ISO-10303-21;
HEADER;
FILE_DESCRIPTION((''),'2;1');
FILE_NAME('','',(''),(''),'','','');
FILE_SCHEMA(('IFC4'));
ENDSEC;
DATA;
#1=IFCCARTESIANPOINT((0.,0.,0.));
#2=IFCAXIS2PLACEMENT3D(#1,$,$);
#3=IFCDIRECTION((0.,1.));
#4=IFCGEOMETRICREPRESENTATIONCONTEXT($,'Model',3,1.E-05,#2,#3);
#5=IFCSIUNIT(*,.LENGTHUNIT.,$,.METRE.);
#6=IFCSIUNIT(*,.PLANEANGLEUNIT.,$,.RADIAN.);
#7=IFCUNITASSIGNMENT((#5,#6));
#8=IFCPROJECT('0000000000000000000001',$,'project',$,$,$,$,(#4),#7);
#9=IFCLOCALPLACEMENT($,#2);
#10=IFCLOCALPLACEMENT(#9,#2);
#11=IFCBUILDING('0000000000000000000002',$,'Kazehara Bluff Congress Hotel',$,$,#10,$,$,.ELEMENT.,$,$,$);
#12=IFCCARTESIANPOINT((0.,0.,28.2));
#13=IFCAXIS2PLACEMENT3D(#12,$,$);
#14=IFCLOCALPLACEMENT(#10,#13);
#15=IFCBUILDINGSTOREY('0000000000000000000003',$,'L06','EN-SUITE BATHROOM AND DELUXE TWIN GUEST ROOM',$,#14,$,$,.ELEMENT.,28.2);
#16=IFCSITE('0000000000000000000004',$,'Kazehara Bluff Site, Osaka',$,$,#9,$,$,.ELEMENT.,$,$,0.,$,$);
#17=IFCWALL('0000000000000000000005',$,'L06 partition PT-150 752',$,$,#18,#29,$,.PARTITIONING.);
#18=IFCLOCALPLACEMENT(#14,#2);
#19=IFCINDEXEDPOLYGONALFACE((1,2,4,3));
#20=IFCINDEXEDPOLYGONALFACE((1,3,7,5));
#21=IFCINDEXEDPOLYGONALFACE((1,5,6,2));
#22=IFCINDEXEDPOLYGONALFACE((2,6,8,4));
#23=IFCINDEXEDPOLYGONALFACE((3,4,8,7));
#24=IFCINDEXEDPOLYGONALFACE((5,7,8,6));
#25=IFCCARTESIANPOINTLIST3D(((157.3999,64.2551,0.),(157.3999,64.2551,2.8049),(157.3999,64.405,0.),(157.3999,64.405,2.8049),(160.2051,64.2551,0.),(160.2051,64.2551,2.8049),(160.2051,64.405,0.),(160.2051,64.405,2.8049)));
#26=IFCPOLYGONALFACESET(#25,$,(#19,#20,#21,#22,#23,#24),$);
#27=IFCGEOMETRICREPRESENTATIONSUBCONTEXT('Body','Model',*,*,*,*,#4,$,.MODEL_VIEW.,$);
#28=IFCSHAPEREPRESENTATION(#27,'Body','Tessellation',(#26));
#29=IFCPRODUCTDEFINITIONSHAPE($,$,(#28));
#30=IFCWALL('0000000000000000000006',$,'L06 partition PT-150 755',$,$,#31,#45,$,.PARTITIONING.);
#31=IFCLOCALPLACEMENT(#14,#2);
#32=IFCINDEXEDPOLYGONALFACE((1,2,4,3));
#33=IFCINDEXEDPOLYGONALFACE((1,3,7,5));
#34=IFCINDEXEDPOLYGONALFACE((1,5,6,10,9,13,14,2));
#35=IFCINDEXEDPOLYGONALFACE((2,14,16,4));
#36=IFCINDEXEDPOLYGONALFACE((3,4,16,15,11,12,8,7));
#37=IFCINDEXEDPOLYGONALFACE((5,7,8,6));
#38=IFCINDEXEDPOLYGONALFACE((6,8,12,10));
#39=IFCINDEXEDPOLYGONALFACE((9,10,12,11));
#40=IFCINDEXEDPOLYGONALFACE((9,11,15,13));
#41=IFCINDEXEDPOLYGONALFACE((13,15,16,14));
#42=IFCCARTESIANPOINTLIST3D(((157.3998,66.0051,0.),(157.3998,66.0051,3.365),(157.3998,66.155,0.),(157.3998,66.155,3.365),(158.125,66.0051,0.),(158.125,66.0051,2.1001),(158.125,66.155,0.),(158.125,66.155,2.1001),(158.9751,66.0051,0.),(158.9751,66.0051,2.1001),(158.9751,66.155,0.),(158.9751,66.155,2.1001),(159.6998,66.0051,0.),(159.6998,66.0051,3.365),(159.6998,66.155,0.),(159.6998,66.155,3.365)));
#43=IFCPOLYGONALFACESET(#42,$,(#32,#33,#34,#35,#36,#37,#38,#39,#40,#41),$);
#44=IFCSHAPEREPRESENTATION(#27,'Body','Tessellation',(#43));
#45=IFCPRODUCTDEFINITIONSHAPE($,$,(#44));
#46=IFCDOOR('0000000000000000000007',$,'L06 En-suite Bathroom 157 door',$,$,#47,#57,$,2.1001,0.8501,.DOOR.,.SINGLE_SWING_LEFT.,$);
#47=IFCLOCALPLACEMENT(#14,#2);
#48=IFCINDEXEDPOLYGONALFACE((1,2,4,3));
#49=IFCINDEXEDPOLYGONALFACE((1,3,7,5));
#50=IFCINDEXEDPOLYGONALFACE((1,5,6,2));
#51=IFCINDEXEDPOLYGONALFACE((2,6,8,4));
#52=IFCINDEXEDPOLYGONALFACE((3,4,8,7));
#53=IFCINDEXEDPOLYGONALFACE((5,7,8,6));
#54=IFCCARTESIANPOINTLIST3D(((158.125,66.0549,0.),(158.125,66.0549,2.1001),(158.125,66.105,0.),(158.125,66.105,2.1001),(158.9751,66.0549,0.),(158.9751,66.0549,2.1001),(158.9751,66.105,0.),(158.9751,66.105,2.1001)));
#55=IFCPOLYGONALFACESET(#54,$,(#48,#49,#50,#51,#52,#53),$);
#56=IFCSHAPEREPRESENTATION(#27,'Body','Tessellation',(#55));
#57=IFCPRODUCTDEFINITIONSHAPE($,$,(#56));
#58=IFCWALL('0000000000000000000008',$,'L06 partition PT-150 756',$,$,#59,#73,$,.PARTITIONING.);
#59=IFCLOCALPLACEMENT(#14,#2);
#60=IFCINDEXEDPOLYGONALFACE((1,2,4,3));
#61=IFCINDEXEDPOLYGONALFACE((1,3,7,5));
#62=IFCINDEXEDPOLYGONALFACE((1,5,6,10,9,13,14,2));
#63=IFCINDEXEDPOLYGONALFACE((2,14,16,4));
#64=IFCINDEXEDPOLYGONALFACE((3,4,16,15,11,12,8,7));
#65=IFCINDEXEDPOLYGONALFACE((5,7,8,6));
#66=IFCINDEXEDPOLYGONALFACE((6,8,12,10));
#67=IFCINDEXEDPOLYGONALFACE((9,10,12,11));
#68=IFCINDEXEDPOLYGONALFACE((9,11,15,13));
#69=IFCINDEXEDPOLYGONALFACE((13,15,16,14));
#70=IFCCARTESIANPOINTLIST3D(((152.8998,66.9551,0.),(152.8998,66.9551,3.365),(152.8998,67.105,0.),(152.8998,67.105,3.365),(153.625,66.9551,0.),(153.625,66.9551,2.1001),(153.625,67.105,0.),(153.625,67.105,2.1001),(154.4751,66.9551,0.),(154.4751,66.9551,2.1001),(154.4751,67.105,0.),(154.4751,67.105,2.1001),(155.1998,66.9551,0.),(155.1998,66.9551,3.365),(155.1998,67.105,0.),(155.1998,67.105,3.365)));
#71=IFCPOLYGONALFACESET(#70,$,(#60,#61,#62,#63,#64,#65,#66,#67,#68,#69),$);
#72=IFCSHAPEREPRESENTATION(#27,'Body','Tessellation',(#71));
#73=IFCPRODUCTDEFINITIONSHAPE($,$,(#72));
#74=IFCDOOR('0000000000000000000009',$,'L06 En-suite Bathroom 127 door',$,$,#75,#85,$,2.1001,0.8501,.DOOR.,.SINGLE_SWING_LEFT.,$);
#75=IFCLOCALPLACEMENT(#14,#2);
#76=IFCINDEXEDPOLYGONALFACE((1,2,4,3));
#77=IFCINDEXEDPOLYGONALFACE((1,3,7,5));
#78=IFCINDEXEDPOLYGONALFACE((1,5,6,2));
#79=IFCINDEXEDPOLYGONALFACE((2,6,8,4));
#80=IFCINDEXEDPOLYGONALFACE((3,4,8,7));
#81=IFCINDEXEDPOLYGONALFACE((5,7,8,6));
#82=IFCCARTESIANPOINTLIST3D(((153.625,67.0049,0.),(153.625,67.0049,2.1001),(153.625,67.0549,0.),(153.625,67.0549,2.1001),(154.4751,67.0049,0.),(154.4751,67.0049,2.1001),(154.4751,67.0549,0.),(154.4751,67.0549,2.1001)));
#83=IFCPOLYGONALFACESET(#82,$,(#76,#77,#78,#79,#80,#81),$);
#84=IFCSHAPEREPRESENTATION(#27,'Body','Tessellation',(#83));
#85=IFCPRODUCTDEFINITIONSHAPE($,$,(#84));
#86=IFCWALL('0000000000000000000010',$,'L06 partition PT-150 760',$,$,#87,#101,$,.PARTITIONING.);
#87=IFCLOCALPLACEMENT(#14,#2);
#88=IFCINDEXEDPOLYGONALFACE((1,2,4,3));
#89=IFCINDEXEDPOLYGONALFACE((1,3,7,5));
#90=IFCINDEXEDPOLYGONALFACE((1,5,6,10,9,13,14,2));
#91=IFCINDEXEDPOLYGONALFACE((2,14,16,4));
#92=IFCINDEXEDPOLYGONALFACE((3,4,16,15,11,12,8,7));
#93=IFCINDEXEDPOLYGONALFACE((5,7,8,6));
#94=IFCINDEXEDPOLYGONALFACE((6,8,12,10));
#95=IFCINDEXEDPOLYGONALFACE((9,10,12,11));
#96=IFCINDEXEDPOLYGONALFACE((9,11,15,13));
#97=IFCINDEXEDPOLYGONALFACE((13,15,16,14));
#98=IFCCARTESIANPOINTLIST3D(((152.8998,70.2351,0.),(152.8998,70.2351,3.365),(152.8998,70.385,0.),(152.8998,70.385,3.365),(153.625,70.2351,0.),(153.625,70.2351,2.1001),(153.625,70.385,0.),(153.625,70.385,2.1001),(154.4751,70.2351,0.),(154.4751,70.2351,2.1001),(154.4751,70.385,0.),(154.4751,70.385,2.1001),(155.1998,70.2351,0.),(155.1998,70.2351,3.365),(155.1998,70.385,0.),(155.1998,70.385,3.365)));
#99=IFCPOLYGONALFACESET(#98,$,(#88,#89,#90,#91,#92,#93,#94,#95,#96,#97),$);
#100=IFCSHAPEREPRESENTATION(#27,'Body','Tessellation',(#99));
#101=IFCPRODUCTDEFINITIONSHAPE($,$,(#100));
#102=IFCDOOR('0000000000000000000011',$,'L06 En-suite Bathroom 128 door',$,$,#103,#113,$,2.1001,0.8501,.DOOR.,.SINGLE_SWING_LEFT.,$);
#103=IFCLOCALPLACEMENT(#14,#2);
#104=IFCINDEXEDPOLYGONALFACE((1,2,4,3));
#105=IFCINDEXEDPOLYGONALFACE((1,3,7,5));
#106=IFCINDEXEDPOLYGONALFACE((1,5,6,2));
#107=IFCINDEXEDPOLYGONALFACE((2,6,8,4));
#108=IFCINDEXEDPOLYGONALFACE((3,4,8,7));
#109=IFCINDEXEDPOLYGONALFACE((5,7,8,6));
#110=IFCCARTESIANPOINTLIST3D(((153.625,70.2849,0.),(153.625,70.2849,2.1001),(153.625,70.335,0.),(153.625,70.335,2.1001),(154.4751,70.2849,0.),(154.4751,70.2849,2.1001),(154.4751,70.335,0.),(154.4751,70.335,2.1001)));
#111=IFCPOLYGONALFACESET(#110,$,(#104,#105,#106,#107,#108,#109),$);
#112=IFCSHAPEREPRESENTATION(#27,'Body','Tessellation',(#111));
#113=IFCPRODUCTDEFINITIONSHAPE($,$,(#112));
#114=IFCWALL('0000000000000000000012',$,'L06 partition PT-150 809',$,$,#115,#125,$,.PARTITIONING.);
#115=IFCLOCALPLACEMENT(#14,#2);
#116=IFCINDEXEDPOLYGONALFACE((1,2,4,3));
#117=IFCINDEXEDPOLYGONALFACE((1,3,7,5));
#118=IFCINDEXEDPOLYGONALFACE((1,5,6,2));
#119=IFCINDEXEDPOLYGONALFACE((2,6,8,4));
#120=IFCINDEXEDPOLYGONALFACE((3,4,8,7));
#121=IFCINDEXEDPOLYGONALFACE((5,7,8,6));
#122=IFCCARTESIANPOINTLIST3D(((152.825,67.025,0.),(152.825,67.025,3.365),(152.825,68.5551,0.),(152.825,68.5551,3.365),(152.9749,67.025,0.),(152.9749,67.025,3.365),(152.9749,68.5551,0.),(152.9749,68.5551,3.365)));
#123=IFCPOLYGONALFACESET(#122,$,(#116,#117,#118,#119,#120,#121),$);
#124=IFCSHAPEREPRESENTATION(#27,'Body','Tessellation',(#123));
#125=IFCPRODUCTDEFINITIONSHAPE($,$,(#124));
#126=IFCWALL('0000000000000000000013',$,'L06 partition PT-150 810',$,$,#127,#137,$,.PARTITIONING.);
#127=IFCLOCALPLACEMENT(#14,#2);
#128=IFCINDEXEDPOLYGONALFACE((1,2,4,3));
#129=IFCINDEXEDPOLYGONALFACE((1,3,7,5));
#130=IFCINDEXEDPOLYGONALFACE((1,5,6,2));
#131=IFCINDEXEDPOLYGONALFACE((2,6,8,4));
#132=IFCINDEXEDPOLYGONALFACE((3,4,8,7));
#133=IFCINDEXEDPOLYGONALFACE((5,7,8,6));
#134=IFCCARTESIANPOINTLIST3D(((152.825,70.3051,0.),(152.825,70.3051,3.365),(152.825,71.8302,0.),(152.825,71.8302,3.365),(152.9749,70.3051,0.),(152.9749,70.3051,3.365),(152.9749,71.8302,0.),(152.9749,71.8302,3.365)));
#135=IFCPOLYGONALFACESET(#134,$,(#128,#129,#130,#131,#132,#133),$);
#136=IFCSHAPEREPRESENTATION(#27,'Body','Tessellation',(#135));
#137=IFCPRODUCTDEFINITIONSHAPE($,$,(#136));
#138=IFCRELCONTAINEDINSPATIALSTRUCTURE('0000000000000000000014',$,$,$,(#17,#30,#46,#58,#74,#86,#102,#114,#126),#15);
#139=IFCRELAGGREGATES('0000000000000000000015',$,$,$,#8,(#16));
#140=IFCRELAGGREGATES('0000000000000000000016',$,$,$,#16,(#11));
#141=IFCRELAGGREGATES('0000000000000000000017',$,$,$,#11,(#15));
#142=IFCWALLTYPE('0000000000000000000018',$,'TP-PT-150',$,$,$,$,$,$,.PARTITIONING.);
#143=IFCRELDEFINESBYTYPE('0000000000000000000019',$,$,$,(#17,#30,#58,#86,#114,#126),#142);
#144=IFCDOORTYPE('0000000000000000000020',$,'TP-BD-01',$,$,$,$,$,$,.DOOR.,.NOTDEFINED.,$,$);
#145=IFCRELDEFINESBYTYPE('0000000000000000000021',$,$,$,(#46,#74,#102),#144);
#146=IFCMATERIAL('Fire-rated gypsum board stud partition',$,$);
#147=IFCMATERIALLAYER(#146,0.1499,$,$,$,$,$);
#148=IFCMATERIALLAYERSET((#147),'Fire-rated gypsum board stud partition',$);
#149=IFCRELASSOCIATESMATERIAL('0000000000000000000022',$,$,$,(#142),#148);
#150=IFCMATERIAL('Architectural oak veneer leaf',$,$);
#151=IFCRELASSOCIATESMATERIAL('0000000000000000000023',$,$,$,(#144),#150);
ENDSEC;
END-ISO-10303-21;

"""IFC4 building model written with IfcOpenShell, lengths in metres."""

from ifc_helpers import new_model, si_unit, direction, frame, frame_2d, origin, place, context, subcontext, project, spatial, rectangle, extrude, material, layer, layer_set, type_object, element, fill, save


model = new_model("IFC4")

# Units and contexts
model_context = context("Model", 3, precision=1e-05, world=origin(), true_north=direction((0.0, 1.0)))
body_context = subcontext(model_context, "Body", "Model", "MODEL_VIEW")
ifc_project = project(units=[si_unit("LENGTHUNIT", "METRE"), si_unit("PLANEANGLEUNIT", "RADIAN")], contexts=[model_context])

# Site, building, storey
site_placement = place(None, origin())
site = spatial("IfcSite", under=ifc_project, at=site_placement, Name="Kazehara Bluff Site, Osaka", CompositionType="ELEMENT", RefElevation=0.0)
building_placement = place(site_placement, origin())
building = spatial("IfcBuilding", under=site, at=building_placement, Name="Kazehara Bluff Congress Hotel", CompositionType="ELEMENT")
storey_placement = place(building_placement, frame((0.0, 0.0, 28.2)))
storey = spatial("IfcBuildingStorey", under=building, at=storey_placement, Name="L06", Description="EN-SUITE BATHROOM AND DELUXE TWIN GUEST ROOM", CompositionType="ELEMENT", Elevation=28.2)

# Wall
ifc_material_1 = material(Name="Fire-rated gypsum board stud partition")
ifc_layer = layer(ifc_material_1, 0.1499)
ifc_layer_set = layer_set([ifc_layer], Name="Fire-rated gypsum board stud partition")
wall_type = type_object("IfcWallType", Name="TP-PT-150", PredefinedType="PARTITIONING", material=ifc_layer_set)
wall_1_placement = place(storey_placement, frame((157.3999, 64.3301, 0.0), z_axis=(0.0, 0.0, 1.0), x_axis=(1.0, 0.0, 0.0)))
element("IfcWall", 1, at=wall_1_placement, inside=storey, type_object=wall_type, Name="L06 partition PT-150 752", PredefinedType="PARTITIONING", context=body_context, shape_type="SweptSolid", body=[
    extrude(rectangle(XDim=2.8052, YDim=0.1499, at=frame_2d((1.4026, 0.0))), origin(), (0.0, 0.0, 1.0), 2.8049),
])

# Walls, openings, doors
wall_2_placement = place(storey_placement, frame((157.3999, 66.0801, 0.0), z_axis=(0.0, 0.0, 1.0), x_axis=(1.0, 0.0, 0.0)))
wall_2 = element("IfcWall", 2, at=wall_2_placement, inside=storey, type_object=wall_type, Name="L06 partition PT-150 755", PredefinedType="PARTITIONING", context=body_context, shape_type="SweptSolid", body=[
    extrude(rectangle(XDim=2.3, YDim=0.1499, at=frame_2d((1.1499, 0.0))), origin(), (0.0, 0.0, 1.0), 3.365),
])
opening_1_placement = place(wall_2_placement, frame((0.7251, 0.0, 0.0)))
opening_1 = element("IfcOpeningElement", 3, at=opening_1_placement, cuts=wall_2, PredefinedType="OPENING", context=body_context, shape_type="SweptSolid", body=[
    extrude(rectangle(XDim=0.8501, YDim=2.1001, at=frame_2d((0.425, 1.05))), frame((0.0, 0.085, 0.0), z_axis=(0.0, -1.0, 0.0), x_axis=(1.0, 0.0, 0.0)), (0.0, 0.0, 1.0), 0.1699),
])
ifc_material_2 = material(Name="Architectural oak veneer leaf")
door_type = type_object("IfcDoorType", Name="TP-BD-01", OperationType="NOTDEFINED", PredefinedType="DOOR", material=ifc_material_2)
door_1_placement = place(opening_1_placement, origin())
door_1 = element("IfcDoor", 4, at=door_1_placement, inside=storey, type_object=door_type, Name="L06 En-suite Bathroom 157 door", OperationType="SINGLE_SWING_LEFT", OverallHeight=2.1001, OverallWidth=0.8501, PredefinedType="DOOR", context=body_context, shape_type="SweptSolid", body=[
    extrude(rectangle(XDim=0.8501, YDim=2.1001, at=frame_2d((0.425, 1.05))), frame((0.0, 0.0249, 0.0), z_axis=(0.0, -1.0, 0.0), x_axis=(1.0, 0.0, 0.0)), (0.0, 0.0, 1.0), 0.05),
])
fill(opening_1, door_1)
wall_3_placement = place(storey_placement, frame((152.8999, 67.03, 0.0), z_axis=(0.0, 0.0, 1.0), x_axis=(1.0, 0.0, 0.0)))
wall_3 = element("IfcWall", 5, at=wall_3_placement, inside=storey, type_object=wall_type, Name="L06 partition PT-150 756", PredefinedType="PARTITIONING", context=body_context, shape_type="SweptSolid", body=[
    extrude(rectangle(XDim=2.3, YDim=0.1499, at=frame_2d((1.1499, 0.0))), origin(), (0.0, 0.0, 1.0), 3.365),
])
opening_2_placement = place(wall_3_placement, frame((0.7251, 0.0, 0.0)))
opening_2 = element("IfcOpeningElement", 6, at=opening_2_placement, cuts=wall_3, PredefinedType="OPENING", context=body_context, shape_type="SweptSolid", body=[
    extrude(rectangle(XDim=0.8501, YDim=2.1001, at=frame_2d((0.425, 1.05))), frame((0.0, 0.085, 0.0), z_axis=(0.0, -1.0, 0.0), x_axis=(1.0, 0.0, 0.0)), (0.0, 0.0, 1.0), 0.1699),
])
door_2_placement = place(opening_2_placement, origin())
door_2 = element("IfcDoor", 7, at=door_2_placement, inside=storey, type_object=door_type, Name="L06 En-suite Bathroom 127 door", OperationType="SINGLE_SWING_LEFT", OverallHeight=2.1001, OverallWidth=0.8501, PredefinedType="DOOR", context=body_context, shape_type="SweptSolid", body=[
    extrude(rectangle(XDim=0.8501, YDim=2.1001, at=frame_2d((0.425, 1.05))), frame((0.0, 0.0249, 0.0), z_axis=(0.0, -1.0, 0.0), x_axis=(1.0, 0.0, 0.0)), (0.0, 0.0, 1.0), 0.05),
])
fill(opening_2, door_2)
wall_4_placement = place(storey_placement, frame((152.8999, 70.3101, 0.0), z_axis=(0.0, 0.0, 1.0), x_axis=(1.0, 0.0, 0.0)))
wall_4 = element("IfcWall", 8, at=wall_4_placement, inside=storey, type_object=wall_type, Name="L06 partition PT-150 760", PredefinedType="PARTITIONING", context=body_context, shape_type="SweptSolid", body=[
    extrude(rectangle(XDim=2.3, YDim=0.1499, at=frame_2d((1.1499, 0.0))), origin(), (0.0, 0.0, 1.0), 3.365),
])
opening_3_placement = place(wall_4_placement, frame((0.7251, 0.0, 0.0)))
opening_3 = element("IfcOpeningElement", 9, at=opening_3_placement, cuts=wall_4, PredefinedType="OPENING", context=body_context, shape_type="SweptSolid", body=[
    extrude(rectangle(XDim=0.8501, YDim=2.1001, at=frame_2d((0.425, 1.05))), frame((0.0, 0.085, 0.0), z_axis=(0.0, -1.0, 0.0), x_axis=(1.0, 0.0, 0.0)), (0.0, 0.0, 1.0), 0.1699),
])
door_3_placement = place(opening_3_placement, origin())
door_3 = element("IfcDoor", 10, at=door_3_placement, inside=storey, type_object=door_type, Name="L06 En-suite Bathroom 128 door", OperationType="SINGLE_SWING_LEFT", OverallHeight=2.1001, OverallWidth=0.8501, PredefinedType="DOOR", context=body_context, shape_type="SweptSolid", body=[
    extrude(rectangle(XDim=0.8501, YDim=2.1001, at=frame_2d((0.425, 1.05))), frame((0.0, 0.0249, 0.0), z_axis=(0.0, -1.0, 0.0), x_axis=(1.0, 0.0, 0.0)), (0.0, 0.0, 1.0), 0.05),
])
fill(opening_3, door_3)

# Walls
wall_5_placement = place(storey_placement, frame((152.8999, 67.0249, 0.0), z_axis=(0.0, 0.0, 1.0), x_axis=(0.0, 1.0, 0.0)))
element("IfcWall", 11, at=wall_5_placement, inside=storey, type_object=wall_type, Name="L06 partition PT-150 809", PredefinedType="PARTITIONING", context=body_context, shape_type="SweptSolid", body=[
    extrude(rectangle(XDim=1.53, YDim=0.1499, at=frame_2d((0.7651, 0.0))), origin(), (0.0, 0.0, 1.0), 3.365),
])
wall_6_placement = place(storey_placement, frame((152.8999, 70.3049, 0.0), z_axis=(0.0, 0.0, 1.0), x_axis=(0.0, 1.0, 0.0)))
element("IfcWall", 12, at=wall_6_placement, inside=storey, type_object=wall_type, Name="L06 partition PT-150 810", PredefinedType="PARTITIONING", context=body_context, shape_type="SweptSolid", body=[
    extrude(rectangle(XDim=1.5251, YDim=0.1499, at=frame_2d((0.7627, 0.0))), origin(), (0.0, 0.0, 1.0), 3.365),
])

save(model, "model.ifc")
